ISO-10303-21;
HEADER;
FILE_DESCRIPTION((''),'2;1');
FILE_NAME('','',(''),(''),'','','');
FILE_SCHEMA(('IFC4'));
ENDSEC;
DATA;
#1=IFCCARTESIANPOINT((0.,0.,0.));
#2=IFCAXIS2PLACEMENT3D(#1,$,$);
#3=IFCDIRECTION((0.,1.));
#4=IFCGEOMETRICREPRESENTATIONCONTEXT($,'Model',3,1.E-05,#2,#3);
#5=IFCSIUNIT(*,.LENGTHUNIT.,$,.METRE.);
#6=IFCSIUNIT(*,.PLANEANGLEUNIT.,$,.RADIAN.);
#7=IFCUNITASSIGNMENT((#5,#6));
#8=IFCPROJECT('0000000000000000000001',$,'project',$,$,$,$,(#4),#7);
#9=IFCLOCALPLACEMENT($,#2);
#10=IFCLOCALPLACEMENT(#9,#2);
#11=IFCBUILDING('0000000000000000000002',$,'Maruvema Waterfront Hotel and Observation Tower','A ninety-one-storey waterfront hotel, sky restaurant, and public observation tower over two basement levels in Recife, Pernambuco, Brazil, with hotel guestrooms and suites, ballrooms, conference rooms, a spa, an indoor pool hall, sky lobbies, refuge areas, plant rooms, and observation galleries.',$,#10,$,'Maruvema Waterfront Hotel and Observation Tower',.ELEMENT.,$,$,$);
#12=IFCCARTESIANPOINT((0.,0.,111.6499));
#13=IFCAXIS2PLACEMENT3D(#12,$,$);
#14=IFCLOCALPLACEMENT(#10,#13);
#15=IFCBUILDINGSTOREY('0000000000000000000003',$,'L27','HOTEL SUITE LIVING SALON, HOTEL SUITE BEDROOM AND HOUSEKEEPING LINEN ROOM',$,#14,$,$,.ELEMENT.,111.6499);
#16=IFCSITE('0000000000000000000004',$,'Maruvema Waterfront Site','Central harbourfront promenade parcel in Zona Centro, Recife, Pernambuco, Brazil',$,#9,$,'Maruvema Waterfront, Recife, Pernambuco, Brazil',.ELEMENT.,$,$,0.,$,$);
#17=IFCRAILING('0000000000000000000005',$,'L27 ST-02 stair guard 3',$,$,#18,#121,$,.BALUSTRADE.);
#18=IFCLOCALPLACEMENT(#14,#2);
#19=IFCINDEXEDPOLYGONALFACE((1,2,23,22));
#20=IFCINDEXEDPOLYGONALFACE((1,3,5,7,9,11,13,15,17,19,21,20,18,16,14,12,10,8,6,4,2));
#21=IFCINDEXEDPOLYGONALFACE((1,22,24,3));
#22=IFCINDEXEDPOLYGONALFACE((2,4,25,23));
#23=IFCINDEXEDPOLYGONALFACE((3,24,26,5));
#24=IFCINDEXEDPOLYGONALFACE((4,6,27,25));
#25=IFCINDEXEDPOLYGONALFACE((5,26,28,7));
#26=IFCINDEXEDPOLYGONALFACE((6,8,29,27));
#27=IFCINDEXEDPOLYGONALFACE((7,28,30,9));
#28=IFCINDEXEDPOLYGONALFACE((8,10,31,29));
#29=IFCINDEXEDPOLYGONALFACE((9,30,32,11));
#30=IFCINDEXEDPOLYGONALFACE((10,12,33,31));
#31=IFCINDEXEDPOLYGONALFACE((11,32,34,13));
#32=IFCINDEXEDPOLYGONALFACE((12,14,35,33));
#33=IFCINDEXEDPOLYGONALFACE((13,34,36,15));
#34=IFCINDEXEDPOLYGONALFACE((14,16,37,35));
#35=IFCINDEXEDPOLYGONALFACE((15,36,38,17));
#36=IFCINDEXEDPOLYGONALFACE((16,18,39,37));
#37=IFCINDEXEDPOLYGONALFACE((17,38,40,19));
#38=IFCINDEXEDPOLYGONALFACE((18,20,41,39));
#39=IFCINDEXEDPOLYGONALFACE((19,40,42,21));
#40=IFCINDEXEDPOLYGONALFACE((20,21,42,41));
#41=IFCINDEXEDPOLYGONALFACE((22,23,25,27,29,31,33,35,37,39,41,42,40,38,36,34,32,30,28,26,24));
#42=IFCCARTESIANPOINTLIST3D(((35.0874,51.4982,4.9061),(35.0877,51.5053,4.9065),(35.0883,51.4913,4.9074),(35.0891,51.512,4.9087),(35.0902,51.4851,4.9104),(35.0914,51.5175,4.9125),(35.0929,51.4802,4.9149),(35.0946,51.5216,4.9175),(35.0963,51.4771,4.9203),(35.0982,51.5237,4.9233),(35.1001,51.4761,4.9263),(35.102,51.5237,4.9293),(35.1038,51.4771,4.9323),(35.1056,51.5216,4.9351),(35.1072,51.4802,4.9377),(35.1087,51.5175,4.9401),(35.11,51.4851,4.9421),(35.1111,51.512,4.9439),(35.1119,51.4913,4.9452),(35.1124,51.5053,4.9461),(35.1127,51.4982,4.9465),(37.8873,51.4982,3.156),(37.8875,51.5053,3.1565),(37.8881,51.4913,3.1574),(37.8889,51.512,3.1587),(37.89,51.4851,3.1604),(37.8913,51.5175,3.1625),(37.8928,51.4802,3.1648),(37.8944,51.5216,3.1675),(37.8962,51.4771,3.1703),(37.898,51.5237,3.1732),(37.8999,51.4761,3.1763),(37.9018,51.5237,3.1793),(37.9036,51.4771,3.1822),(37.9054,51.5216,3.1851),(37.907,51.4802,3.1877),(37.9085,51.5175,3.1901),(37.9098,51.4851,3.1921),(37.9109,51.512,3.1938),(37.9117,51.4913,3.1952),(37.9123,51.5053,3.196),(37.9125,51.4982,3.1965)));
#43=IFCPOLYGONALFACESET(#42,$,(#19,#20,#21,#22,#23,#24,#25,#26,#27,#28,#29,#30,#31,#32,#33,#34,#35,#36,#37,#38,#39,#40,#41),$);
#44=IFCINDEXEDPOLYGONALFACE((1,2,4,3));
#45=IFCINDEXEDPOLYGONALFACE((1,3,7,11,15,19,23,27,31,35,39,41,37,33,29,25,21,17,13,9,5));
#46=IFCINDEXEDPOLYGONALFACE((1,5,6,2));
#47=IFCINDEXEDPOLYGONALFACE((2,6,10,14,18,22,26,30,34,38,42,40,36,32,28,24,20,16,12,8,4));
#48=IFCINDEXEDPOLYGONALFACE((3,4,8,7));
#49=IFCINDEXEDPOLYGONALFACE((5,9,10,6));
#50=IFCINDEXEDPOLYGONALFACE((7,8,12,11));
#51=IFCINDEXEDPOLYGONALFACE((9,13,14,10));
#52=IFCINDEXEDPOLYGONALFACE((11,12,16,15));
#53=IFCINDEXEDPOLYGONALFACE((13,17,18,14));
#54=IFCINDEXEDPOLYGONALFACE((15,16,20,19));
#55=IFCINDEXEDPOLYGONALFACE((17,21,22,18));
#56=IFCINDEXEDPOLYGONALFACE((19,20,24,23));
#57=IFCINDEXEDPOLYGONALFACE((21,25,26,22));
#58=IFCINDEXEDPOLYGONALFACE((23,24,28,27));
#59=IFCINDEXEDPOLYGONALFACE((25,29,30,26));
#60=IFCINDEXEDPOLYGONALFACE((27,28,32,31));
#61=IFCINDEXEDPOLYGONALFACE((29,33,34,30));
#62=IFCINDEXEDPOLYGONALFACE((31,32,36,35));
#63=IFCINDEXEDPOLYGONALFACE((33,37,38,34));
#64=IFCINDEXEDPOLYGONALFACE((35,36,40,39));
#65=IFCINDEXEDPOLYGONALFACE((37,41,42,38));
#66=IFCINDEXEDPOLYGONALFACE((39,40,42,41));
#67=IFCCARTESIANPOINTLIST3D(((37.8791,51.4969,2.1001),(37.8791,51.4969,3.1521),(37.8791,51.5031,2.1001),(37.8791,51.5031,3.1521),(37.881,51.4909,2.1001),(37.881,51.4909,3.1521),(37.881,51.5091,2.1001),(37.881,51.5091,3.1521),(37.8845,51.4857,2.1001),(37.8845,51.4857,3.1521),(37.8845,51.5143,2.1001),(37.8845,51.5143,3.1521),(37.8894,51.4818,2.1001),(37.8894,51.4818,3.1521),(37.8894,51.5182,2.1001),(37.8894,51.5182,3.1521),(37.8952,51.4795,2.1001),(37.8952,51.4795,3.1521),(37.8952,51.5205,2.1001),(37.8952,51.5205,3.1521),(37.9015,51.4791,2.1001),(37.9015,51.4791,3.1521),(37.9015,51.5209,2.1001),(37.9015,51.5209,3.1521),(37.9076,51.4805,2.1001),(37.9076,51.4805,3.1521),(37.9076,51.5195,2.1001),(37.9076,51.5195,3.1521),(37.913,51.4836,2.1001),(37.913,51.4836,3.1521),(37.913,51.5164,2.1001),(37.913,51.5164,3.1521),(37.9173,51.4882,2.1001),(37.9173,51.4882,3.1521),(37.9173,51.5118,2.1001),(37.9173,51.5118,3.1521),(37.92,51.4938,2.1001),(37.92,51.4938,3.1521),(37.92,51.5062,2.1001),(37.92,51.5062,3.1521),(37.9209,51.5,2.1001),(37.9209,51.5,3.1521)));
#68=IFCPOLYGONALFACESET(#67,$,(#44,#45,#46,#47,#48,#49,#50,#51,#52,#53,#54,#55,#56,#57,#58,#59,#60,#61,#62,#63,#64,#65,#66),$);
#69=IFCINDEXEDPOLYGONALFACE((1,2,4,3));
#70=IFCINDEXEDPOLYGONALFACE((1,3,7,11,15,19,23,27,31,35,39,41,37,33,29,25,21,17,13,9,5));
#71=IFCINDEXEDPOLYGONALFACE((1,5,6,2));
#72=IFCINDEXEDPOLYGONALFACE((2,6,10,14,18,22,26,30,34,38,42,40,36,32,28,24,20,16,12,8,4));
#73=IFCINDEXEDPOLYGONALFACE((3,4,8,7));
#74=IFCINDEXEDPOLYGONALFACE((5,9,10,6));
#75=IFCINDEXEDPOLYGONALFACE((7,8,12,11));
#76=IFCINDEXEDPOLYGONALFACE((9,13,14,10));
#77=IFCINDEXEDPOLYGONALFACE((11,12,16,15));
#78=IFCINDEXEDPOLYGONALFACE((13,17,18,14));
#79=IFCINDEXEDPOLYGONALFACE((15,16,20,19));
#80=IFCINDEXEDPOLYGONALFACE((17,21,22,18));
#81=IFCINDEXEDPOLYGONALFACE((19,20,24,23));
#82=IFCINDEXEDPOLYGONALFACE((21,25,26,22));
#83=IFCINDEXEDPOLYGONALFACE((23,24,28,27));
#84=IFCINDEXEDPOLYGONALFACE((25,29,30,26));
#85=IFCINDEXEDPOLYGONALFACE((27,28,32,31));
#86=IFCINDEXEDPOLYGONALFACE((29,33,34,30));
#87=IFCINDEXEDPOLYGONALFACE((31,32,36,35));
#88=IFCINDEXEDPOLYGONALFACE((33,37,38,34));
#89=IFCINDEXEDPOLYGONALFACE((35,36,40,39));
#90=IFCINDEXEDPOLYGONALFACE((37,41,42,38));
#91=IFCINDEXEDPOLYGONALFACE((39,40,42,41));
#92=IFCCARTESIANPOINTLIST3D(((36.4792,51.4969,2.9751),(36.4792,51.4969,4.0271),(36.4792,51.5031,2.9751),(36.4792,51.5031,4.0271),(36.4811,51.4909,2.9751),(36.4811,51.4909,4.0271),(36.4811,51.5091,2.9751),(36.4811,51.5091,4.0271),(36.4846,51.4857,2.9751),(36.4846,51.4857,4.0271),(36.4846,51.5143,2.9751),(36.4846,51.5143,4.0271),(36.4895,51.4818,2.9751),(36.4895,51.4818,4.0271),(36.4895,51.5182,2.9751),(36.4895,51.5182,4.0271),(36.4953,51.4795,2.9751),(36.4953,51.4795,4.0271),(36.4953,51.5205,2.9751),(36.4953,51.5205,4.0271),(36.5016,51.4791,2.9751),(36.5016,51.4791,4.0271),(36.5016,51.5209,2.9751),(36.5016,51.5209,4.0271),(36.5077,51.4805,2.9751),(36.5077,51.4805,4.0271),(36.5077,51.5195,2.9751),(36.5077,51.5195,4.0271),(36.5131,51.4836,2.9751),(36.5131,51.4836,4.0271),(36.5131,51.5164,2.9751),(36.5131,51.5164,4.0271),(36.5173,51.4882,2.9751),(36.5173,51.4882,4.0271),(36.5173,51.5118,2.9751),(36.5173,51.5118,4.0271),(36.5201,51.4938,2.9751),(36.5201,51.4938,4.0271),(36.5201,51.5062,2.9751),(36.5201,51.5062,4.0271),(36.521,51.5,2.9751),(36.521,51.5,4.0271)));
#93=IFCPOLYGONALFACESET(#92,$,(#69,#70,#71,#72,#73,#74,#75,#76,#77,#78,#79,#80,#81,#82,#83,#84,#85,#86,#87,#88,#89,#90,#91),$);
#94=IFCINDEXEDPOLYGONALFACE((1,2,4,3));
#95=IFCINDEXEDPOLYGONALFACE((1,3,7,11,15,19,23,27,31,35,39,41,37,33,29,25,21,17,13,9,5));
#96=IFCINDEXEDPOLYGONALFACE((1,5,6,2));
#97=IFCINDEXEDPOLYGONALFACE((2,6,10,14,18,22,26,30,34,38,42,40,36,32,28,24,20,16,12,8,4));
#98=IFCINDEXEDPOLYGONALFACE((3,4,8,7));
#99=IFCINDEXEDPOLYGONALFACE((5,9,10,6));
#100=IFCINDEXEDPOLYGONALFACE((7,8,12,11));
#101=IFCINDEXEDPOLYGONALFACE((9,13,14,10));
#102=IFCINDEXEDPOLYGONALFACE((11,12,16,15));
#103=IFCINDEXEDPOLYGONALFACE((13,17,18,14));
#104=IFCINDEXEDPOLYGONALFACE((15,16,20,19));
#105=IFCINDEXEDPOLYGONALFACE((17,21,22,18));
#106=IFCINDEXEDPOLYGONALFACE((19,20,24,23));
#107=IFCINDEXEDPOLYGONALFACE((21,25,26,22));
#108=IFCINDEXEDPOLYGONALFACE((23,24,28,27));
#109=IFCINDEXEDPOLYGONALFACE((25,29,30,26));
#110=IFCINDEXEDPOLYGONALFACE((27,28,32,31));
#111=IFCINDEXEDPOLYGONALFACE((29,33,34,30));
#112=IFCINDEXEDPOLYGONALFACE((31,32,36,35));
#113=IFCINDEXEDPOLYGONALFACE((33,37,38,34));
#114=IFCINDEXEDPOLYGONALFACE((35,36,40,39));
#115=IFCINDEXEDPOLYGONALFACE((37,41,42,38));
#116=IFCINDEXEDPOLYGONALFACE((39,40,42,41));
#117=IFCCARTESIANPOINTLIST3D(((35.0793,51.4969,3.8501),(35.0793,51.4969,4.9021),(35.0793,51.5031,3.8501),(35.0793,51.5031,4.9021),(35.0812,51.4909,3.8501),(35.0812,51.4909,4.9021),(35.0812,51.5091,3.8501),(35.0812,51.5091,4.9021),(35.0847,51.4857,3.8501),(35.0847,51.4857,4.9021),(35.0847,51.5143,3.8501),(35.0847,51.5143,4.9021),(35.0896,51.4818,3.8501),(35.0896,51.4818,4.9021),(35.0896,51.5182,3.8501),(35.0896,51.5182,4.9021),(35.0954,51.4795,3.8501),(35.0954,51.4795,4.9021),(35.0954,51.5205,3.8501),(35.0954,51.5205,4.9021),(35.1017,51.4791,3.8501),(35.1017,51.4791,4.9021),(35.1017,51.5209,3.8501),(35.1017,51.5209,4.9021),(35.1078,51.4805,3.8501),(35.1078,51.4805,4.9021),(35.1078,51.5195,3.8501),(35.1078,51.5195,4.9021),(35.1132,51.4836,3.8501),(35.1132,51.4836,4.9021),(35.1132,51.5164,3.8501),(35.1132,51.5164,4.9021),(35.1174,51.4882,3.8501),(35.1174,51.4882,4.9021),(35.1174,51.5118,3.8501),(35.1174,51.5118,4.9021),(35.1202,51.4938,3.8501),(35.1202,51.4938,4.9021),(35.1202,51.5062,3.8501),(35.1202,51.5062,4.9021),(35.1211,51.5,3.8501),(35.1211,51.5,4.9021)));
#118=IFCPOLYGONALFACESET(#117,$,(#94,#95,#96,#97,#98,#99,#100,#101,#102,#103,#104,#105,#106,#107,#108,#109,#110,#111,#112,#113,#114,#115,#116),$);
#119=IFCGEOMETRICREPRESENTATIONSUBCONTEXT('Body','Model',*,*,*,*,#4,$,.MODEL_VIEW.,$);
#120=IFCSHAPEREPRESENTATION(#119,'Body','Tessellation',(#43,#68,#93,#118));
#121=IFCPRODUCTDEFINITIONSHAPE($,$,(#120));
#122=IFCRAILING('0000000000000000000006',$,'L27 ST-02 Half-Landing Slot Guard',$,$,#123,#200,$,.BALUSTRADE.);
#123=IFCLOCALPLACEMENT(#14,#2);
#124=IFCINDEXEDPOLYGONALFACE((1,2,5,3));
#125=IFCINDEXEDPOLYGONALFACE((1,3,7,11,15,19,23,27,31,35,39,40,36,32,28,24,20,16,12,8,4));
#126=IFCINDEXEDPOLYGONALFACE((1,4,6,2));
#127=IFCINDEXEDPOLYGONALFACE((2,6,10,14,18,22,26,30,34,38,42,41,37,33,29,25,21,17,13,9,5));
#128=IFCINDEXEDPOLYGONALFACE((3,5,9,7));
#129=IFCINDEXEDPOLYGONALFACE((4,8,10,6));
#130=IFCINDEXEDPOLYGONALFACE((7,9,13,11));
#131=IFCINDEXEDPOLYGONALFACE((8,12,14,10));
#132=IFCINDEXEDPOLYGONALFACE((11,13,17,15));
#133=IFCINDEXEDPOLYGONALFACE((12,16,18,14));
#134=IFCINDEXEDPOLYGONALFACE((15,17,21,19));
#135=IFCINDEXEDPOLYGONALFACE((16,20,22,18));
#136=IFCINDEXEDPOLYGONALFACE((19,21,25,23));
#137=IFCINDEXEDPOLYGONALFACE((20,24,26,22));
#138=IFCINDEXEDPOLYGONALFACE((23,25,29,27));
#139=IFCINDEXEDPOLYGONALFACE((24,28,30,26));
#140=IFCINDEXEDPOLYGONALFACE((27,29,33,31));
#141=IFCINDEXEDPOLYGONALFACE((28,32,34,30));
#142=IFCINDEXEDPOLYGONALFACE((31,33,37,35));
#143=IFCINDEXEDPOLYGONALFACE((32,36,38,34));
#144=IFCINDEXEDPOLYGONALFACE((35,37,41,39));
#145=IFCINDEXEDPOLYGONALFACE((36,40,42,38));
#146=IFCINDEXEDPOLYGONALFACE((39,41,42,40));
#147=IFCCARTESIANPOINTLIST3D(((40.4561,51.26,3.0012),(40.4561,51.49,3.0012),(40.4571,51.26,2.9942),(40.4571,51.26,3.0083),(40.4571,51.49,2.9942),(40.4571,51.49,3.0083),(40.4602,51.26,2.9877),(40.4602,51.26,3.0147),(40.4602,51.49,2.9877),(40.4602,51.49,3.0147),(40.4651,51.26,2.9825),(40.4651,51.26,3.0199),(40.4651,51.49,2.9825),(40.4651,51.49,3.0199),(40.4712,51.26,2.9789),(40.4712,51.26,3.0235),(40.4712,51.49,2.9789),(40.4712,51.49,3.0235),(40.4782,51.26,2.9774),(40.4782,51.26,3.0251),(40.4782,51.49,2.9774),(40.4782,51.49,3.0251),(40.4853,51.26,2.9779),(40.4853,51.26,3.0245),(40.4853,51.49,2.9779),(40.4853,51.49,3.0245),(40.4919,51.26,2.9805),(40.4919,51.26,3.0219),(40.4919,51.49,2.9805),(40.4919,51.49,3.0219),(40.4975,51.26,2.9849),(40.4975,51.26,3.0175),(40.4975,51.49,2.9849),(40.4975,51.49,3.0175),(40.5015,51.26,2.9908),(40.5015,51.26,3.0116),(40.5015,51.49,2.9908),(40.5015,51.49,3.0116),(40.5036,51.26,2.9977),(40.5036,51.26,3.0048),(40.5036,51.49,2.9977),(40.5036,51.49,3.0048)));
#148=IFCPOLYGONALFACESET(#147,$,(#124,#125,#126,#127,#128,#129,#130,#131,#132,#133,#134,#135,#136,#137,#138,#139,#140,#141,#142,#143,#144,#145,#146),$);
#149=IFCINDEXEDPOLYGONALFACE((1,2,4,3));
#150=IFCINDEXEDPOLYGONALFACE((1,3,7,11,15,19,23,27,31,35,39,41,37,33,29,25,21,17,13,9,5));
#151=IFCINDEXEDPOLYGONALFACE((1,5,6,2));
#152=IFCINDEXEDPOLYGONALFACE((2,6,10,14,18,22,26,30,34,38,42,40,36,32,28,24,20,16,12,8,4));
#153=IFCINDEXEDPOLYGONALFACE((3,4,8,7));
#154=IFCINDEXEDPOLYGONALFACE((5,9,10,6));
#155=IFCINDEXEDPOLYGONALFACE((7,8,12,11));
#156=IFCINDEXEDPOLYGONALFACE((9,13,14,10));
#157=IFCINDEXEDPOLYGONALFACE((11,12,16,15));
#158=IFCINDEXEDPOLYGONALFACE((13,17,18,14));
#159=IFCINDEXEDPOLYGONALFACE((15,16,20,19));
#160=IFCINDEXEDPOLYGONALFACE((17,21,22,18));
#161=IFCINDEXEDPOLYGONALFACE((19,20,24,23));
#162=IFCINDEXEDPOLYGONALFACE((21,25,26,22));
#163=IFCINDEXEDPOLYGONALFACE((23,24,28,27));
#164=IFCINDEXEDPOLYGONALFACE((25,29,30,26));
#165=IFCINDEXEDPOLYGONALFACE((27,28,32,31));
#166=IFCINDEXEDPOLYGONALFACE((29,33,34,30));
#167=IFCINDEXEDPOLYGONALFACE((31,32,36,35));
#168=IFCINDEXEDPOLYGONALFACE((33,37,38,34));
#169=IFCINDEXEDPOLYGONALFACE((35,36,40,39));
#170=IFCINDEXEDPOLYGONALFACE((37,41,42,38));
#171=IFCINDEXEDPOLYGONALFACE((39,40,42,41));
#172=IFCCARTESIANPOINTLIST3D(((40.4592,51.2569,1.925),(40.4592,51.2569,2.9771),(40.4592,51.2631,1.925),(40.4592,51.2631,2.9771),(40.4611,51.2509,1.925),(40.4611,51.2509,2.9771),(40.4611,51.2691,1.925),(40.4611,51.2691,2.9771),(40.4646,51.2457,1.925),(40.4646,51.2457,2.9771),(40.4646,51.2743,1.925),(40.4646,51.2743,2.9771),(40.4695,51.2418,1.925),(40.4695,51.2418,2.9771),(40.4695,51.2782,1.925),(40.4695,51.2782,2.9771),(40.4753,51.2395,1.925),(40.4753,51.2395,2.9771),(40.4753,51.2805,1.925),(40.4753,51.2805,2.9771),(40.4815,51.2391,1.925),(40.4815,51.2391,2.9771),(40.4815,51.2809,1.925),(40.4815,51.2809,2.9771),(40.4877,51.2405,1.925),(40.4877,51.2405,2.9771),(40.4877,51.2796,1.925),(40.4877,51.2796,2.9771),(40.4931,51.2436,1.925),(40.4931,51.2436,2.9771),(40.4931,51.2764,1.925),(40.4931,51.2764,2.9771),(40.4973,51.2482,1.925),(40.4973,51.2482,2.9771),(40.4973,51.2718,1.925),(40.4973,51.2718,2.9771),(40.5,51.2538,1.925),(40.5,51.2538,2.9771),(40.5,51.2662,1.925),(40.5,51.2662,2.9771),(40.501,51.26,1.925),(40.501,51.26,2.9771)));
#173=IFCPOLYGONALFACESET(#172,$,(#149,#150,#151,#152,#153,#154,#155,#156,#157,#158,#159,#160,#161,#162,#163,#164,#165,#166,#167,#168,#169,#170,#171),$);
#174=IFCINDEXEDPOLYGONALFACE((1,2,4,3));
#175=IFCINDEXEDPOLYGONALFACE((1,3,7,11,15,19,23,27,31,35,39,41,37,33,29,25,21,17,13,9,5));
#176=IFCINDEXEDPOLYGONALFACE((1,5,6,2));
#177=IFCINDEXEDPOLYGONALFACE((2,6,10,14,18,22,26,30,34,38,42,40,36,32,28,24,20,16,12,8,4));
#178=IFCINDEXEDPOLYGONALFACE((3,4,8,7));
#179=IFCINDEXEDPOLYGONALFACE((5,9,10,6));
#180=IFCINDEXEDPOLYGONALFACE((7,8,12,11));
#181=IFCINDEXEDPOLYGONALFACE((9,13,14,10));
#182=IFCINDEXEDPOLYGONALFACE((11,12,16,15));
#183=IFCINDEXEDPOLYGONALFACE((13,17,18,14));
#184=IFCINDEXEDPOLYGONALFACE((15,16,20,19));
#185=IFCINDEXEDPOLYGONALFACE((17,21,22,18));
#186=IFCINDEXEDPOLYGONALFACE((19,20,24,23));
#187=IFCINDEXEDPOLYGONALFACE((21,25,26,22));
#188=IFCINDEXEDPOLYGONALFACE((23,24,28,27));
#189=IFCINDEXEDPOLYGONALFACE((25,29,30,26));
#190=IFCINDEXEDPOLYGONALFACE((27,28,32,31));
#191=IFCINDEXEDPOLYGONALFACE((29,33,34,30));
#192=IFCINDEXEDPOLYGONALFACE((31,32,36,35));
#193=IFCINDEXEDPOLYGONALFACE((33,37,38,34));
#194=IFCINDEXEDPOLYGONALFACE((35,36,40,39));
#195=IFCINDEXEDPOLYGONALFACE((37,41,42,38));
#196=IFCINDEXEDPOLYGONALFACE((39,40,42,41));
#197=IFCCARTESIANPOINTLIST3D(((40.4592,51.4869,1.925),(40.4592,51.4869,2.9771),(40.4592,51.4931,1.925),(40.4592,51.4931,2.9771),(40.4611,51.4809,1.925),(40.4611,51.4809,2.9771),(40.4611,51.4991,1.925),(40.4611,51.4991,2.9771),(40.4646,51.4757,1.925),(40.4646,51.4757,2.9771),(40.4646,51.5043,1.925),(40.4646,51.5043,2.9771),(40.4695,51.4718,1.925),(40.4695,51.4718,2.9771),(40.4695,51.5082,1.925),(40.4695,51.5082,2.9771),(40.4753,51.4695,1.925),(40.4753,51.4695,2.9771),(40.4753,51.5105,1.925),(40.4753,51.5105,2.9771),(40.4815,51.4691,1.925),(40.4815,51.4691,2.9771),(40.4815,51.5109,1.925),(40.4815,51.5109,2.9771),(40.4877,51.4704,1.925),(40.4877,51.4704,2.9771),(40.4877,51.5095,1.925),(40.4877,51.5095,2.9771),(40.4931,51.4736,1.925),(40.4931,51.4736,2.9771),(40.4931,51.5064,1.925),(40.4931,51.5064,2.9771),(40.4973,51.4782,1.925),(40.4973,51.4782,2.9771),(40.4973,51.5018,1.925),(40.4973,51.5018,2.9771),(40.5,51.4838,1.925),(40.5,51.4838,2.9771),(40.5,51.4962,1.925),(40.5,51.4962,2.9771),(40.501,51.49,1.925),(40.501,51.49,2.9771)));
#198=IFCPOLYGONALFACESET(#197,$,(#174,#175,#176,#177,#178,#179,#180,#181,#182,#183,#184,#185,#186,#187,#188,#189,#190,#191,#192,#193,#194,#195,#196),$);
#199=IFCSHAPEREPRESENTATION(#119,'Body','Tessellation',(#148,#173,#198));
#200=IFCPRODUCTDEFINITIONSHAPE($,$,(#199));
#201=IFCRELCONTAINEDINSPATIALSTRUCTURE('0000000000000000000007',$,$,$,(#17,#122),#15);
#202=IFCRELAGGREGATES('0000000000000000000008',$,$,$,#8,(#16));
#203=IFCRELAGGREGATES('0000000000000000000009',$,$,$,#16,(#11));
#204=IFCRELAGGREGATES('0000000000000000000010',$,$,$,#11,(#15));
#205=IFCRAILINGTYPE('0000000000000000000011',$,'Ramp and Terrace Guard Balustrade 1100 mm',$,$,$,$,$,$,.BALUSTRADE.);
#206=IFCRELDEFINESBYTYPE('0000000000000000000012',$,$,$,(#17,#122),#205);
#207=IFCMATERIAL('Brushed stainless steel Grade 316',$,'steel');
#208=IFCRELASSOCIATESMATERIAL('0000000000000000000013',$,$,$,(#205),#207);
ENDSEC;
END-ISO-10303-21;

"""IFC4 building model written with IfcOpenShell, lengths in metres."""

from ifc_helpers import new_model, si_unit, direction, frame, origin, origin_2d, place, context, subcontext, project, spatial, circle, extrude, material, type_object, element, save


model = new_model("IFC4")

# Units and contexts
model_context = context("Model", 3, precision=1e-05, world=origin(), true_north=direction((0.0, 1.0)))
body_context = subcontext(model_context, "Body", "Model", "MODEL_VIEW")
ifc_project = project(units=[si_unit("LENGTHUNIT", "METRE"), si_unit("PLANEANGLEUNIT", "RADIAN")], contexts=[model_context])

# Site, building, storey
site_placement = place(None, origin())
site = spatial("IfcSite", under=ifc_project, at=site_placement, Name="Maruvema Waterfront Site", Description="Central harbourfront promenade parcel in Zona Centro, Recife, Pernambuco, Brazil", LongName="Maruvema Waterfront, Recife, Pernambuco, Brazil", CompositionType="ELEMENT", RefElevation=0.0)
building_placement = place(site_placement, origin())
building = spatial("IfcBuilding", under=site, at=building_placement, Name="Maruvema Waterfront Hotel and Observation Tower", Description="A ninety-one-storey waterfront hotel, sky restaurant, and public observation tower over two basement levels in Recife, Pernambuco, Brazil, with hotel guestrooms and suites, ballrooms, conference rooms, a spa, an indoor pool hall, sky lobbies, refuge areas, plant rooms, and observation galleries.", LongName="Maruvema Waterfront Hotel and Observation Tower", CompositionType="ELEMENT")
storey_placement = place(building_placement, frame((0.0, 0.0, 111.6499)))
storey = spatial("IfcBuildingStorey", under=building, at=storey_placement, Name="L27", Description="HOTEL SUITE LIVING SALON, HOTEL SUITE BEDROOM AND HOUSEKEEPING LINEN ROOM", CompositionType="ELEMENT", Elevation=111.6499)

# Railings
ifc_material_1 = material(Name="Brushed stainless steel Grade 316", Category="steel")
railing_type_1 = type_object("IfcRailingType", Name="Ramp and Terrace Guard Balustrade 1100 mm", PredefinedType="BALUSTRADE", material=ifc_material_1)
railing_1_placement = place(storey_placement, frame((37.8999, 51.5, 2.1001)))
element("IfcRailing", 1, at=railing_1_placement, inside=storey, type_object=railing_type_1, Name="L27 ST-02 stair guard 3", PredefinedType="BALUSTRADE", context=body_context, shape_type="SweptSolid", body=[
    extrude(circle(Radius=0.0239, at=origin_2d()), frame((0.0, 0.0, 1.0762), z_axis=(-0.847982, 0.0, 0.530026), x_axis=(0.0, -1.0, 0.0)), (0.0, 0.0, 1.0), 3.3018),
    extrude(circle(Radius=0.021, at=origin_2d()), origin(), (0.0, 0.0, 1.0), 1.052),
    extrude(circle(Radius=0.021, at=origin_2d()), frame((-1.3999, 0.0, 0.875)), (0.0, 0.0, 1.0), 1.052),
    extrude(circle(Radius=0.021, at=origin_2d()), frame((-2.7998, 0.0, 1.75)), (0.0, 0.0, 1.0), 1.052),
])
railing_2_placement = place(storey_placement, frame((40.48, 51.26, 1.925)))
element("IfcRailing", 2, at=railing_2_placement, inside=storey, type_object=railing_type_1, Name="L27 ST-02 Half-Landing Slot Guard", PredefinedType="BALUSTRADE", context=body_context, shape_type="SweptSolid", body=[
    extrude(circle(Radius=0.0239, at=origin_2d()), frame((0.0, 0.0, 1.0762), z_axis=(0.0, 1.0, 0.0), x_axis=(-1.0, 0.0, 0.0)), (0.0, 0.0, 1.0), 0.23),
    extrude(circle(Radius=0.021, at=origin_2d()), origin(), (0.0, 0.0, 1.0), 1.052),
    extrude(circle(Radius=0.021, at=origin_2d()), frame((0.0, 0.23, 0.0)), (0.0, 0.0, 1.0), 1.052),
])

save(model, "model.ifc")
